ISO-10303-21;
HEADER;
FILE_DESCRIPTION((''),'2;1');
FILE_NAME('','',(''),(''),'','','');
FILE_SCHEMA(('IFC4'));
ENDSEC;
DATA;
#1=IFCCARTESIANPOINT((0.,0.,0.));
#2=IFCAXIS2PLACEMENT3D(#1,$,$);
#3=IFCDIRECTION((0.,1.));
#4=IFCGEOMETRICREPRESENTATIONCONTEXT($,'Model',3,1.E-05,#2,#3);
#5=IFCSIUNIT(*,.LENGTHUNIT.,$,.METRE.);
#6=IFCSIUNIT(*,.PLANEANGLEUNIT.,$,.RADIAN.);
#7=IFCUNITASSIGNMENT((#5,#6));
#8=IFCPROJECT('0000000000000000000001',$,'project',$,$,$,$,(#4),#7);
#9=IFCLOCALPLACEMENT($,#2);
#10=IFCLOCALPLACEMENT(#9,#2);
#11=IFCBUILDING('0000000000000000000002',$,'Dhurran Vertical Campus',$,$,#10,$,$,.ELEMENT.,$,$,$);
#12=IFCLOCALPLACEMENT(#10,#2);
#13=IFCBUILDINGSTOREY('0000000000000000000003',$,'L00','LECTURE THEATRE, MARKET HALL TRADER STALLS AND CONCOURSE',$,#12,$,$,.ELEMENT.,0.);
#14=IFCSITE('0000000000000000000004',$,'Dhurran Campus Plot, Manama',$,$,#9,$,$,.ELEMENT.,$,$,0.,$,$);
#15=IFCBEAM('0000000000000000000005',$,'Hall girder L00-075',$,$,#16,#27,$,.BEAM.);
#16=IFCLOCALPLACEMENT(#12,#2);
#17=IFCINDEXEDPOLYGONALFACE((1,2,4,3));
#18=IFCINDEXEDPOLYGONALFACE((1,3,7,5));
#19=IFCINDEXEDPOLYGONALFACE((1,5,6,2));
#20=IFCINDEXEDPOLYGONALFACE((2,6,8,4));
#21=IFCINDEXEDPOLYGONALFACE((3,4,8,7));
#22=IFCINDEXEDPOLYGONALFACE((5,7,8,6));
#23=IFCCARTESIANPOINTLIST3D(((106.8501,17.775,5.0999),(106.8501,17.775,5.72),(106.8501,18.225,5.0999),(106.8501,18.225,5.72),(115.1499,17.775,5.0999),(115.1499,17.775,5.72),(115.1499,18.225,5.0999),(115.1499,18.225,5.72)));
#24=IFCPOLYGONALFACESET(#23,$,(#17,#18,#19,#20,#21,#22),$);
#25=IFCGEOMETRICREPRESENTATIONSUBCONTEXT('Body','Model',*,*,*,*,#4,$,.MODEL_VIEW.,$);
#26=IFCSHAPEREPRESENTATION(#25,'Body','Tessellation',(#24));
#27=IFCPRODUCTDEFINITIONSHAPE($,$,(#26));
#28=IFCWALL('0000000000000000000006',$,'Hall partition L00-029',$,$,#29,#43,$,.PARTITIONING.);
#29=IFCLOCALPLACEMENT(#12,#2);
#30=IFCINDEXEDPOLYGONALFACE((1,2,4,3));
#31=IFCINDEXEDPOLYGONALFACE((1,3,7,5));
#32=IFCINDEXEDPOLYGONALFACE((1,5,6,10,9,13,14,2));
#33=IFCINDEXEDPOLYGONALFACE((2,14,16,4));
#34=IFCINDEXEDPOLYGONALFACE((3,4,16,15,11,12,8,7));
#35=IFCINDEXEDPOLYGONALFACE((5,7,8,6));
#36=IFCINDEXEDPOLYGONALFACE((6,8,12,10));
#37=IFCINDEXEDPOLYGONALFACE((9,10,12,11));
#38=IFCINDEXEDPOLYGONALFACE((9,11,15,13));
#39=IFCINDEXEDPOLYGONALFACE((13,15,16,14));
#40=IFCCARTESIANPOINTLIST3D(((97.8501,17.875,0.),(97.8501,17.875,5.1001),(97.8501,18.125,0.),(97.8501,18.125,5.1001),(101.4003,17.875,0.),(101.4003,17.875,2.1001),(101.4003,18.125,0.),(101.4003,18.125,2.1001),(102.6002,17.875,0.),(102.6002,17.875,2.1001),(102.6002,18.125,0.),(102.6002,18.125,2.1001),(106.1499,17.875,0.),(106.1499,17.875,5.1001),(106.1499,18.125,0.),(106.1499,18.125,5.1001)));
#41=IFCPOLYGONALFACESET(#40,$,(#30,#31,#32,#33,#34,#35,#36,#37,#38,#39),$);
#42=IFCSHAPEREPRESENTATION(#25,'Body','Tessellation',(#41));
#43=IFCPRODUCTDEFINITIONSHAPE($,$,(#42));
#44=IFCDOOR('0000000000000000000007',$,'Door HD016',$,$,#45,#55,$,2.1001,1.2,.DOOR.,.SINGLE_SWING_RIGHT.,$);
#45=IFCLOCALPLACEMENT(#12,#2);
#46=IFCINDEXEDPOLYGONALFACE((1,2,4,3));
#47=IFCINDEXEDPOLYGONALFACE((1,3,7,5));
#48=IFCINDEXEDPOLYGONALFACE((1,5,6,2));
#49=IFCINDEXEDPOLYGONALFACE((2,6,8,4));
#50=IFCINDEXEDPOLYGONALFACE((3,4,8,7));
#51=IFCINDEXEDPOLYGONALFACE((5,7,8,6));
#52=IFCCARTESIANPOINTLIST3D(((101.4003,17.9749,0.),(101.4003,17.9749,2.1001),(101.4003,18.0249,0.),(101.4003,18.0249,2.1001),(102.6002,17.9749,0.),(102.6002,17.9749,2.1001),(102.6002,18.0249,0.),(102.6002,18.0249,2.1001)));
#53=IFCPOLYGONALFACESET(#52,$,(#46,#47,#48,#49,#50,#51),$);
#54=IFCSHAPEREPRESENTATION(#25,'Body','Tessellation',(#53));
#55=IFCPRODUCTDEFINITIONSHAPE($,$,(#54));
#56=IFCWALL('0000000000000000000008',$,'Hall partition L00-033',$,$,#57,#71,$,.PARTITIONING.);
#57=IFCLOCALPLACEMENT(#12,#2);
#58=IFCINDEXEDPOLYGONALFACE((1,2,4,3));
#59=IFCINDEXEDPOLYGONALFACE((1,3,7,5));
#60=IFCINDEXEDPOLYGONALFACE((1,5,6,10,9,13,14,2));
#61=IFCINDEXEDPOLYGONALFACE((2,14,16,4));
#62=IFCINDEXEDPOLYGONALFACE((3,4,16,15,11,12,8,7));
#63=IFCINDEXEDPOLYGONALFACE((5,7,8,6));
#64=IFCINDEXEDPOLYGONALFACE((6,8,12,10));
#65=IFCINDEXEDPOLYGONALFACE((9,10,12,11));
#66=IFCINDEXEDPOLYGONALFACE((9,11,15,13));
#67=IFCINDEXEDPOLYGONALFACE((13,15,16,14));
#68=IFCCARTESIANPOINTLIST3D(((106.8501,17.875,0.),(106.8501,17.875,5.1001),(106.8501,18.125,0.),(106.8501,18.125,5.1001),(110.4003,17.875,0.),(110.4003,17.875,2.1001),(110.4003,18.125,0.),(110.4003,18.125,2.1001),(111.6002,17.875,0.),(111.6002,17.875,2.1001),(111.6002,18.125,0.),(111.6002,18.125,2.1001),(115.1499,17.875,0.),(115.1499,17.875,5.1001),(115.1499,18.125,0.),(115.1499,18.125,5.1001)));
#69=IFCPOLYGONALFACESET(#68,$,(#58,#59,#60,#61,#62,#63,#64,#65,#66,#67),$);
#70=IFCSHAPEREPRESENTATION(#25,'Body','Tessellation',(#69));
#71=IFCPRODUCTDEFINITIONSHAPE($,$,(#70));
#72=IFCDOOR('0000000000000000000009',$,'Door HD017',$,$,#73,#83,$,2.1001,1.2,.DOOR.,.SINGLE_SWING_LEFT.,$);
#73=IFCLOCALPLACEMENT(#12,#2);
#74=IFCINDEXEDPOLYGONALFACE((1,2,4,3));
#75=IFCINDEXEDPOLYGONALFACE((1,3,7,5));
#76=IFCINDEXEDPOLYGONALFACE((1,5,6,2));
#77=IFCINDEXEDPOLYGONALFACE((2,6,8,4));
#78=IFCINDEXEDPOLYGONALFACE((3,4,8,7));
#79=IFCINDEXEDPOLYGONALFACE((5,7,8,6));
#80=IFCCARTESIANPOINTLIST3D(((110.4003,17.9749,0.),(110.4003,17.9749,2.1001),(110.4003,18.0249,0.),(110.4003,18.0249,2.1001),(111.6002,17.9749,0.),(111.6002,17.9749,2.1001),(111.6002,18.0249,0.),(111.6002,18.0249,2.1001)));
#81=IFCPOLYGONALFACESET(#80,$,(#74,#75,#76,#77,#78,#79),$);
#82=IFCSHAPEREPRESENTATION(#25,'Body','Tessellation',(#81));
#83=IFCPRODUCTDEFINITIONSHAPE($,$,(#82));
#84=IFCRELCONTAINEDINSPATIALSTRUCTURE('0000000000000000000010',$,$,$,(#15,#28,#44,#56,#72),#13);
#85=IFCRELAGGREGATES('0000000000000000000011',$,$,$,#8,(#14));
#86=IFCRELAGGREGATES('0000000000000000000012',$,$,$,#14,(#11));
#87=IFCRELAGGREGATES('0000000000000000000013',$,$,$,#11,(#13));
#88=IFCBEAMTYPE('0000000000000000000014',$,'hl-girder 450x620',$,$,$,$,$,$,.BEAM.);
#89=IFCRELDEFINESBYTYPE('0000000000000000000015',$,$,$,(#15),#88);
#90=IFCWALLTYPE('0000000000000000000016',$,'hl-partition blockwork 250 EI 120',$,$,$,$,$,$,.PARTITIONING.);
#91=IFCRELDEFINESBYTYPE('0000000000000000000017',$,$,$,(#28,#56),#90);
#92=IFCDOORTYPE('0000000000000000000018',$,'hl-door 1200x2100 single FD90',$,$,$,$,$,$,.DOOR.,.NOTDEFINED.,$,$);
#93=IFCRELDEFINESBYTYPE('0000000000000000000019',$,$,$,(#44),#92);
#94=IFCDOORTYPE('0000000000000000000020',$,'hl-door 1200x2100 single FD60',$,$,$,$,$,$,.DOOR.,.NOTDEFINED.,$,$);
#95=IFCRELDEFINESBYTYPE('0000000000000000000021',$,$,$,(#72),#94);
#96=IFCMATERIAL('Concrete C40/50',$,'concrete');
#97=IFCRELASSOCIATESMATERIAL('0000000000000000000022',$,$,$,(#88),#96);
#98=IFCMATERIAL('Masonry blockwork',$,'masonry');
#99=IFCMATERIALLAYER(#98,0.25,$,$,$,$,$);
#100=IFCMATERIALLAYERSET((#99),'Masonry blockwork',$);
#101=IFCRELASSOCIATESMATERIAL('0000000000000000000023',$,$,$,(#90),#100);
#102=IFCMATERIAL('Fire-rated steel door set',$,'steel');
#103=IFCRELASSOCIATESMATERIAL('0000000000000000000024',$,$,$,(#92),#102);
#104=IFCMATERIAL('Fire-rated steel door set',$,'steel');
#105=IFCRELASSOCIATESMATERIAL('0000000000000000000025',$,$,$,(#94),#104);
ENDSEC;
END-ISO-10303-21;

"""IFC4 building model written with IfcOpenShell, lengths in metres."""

from ifc_helpers import new_model, si_unit, direction, frame, frame_2d, origin, origin_2d, place, context, subcontext, project, spatial, rectangle, extrude, material, layer, layer_set, material_profile, profile_set, type_object, element, fill, save


model = new_model("IFC4")

# Units and contexts
model_context = context("Model", 3, precision=1e-05, world=origin(), true_north=direction((0.0, 1.0)))
body_context = subcontext(model_context, "Body", "Model", "MODEL_VIEW")
ifc_project = project(units=[si_unit("LENGTHUNIT", "METRE"), si_unit("PLANEANGLEUNIT", "RADIAN")], contexts=[model_context])

# Site, building, storey
site_placement = place(None, origin())
site = spatial("IfcSite", under=ifc_project, at=site_placement, Name="Dhurran Campus Plot, Manama", CompositionType="ELEMENT", RefElevation=0.0)
building_placement = place(site_placement, origin())
building = spatial("IfcBuilding", under=site, at=building_placement, Name="Dhurran Vertical Campus", CompositionType="ELEMENT")
storey_placement = place(building_placement, origin())
storey = spatial("IfcBuildingStorey", under=building, at=storey_placement, Name="L00", Description="LECTURE THEATRE, MARKET HALL TRADER STALLS AND CONCOURSE", CompositionType="ELEMENT", Elevation=0.0)

# Beam
ifc_material_1 = material(Name="Concrete C40/50", Category="concrete")
ifc_material_profile_1 = material_profile(ifc_material_1, rectangle(XDim=0.45, YDim=0.6201, at=origin_2d()), Name="hl-girder 450x620")
ifc_profile_set_1 = profile_set([ifc_material_profile_1], Name="Concrete C40/50")
beam_type = type_object("IfcBeamType", Name="hl-girder 450x620", PredefinedType="BEAM", material=ifc_profile_set_1)
for number, where, z_axis, x_axis, name in (
    (1, (106.8501, 18.0, 5.4099), (1.0, 0.0, 0.0), (0.0, 1.0, 0.0), "Hall girder L00-075"),
):
    element("IfcBeam", number, at=place(storey_placement, frame(where, z_axis=z_axis, x_axis=x_axis)), inside=storey, type_object=beam_type, Name=name, PredefinedType="BEAM", context=body_context, shape_type="SweptSolid", body=[
        extrude(rectangle(XDim=0.45, YDim=0.6201, at=origin_2d()), origin(), (0.0, 0.0, 1.0), 8.2998),
    ])

# Walls, openings, doors
ifc_material_2 = material(Name="Masonry blockwork", Category="masonry")
ifc_layer = layer(ifc_material_2, 0.25)
ifc_layer_set = layer_set([ifc_layer], Name="Masonry blockwork")
wall_type = type_object("IfcWallType", Name="hl-partition blockwork 250 EI 120", PredefinedType="PARTITIONING", material=ifc_layer_set)
wall_1_placement = place(storey_placement, frame((97.8501, 18.0, 0.0), z_axis=(0.0, 0.0, 1.0), x_axis=(1.0, 0.0, 0.0)))
wall_1 = element("IfcWall", 2, at=wall_1_placement, inside=storey, type_object=wall_type, Name="Hall partition L00-029", PredefinedType="PARTITIONING", context=body_context, shape_type="SweptSolid", body=[
    extrude(rectangle(XDim=8.2998, YDim=0.25, at=frame_2d((4.1499, 0.0))), origin(), (0.0, 0.0, 1.0), 5.1001),
])
opening_1_placement = place(wall_1_placement, frame((3.55, 0.0, 0.0)))
opening_1 = element("IfcOpeningElement", 3, at=opening_1_placement, cuts=wall_1, PredefinedType="OPENING", context=body_context, shape_type="SweptSolid", body=[
    extrude(rectangle(XDim=1.2, YDim=2.1001, at=frame_2d((0.6001, 1.05))), frame((0.0, 0.135, 0.0), z_axis=(0.0, -1.0, 0.0), x_axis=(1.0, 0.0, 0.0)), (0.0, 0.0, 1.0), 0.27),
])
ifc_material_3 = material(Name="Fire-rated steel door set", Category="steel")
door_type_1 = type_object("IfcDoorType", Name="hl-door 1200x2100 single FD90", OperationType="NOTDEFINED", PredefinedType="DOOR", material=ifc_material_3)
door_1_placement = place(opening_1_placement, origin())
door_1 = element("IfcDoor", 4, at=door_1_placement, inside=storey, type_object=door_type_1, Name="Door HD016", OperationType="SINGLE_SWING_RIGHT", OverallHeight=2.1001, OverallWidth=1.2, PredefinedType="DOOR", context=body_context, shape_type="SweptSolid", body=[
    extrude(rectangle(XDim=1.2, YDim=2.1001, at=frame_2d((0.6001, 1.05))), frame((0.0, 0.0249, 0.0), z_axis=(0.0, -1.0, 0.0), x_axis=(1.0, 0.0, 0.0)), (0.0, 0.0, 1.0), 0.05),
])
fill(opening_1, door_1)
wall_2_placement = place(storey_placement, frame((106.8501, 18.0, 0.0), z_axis=(0.0, 0.0, 1.0), x_axis=(1.0, 0.0, 0.0)))
wall_2 = element("IfcWall", 5, at=wall_2_placement, inside=storey, type_object=wall_type, Name="Hall partition L00-033", PredefinedType="PARTITIONING", context=body_context, shape_type="SweptSolid", body=[
    extrude(rectangle(XDim=8.2998, YDim=0.25, at=frame_2d((4.1499, 0.0))), origin(), (0.0, 0.0, 1.0), 5.1001),
])
opening_2_placement = place(wall_2_placement, frame((3.55, 0.0, 0.0)))
opening_2 = element("IfcOpeningElement", 6, at=opening_2_placement, cuts=wall_2, PredefinedType="OPENING", context=body_context, shape_type="SweptSolid", body=[
    extrude(rectangle(XDim=1.2, YDim=2.1001, at=frame_2d((0.6001, 1.05))), frame((0.0, 0.135, 0.0), z_axis=(0.0, -1.0, 0.0), x_axis=(1.0, 0.0, 0.0)), (0.0, 0.0, 1.0), 0.27),
])
ifc_material_4 = material(Name="Fire-rated steel door set", Category="steel")
door_type_2 = type_object("IfcDoorType", Name="hl-door 1200x2100 single FD60", OperationType="NOTDEFINED", PredefinedType="DOOR", material=ifc_material_4)
door_2_placement = place(opening_2_placement, origin())
door_2 = element("IfcDoor", 7, at=door_2_placement, inside=storey, type_object=door_type_2, Name="Door HD017", OperationType="SINGLE_SWING_LEFT", OverallHeight=2.1001, OverallWidth=1.2, PredefinedType="DOOR", context=body_context, shape_type="SweptSolid", body=[
    extrude(rectangle(XDim=1.2, YDim=2.1001, at=frame_2d((0.6001, 1.05))), frame((0.0, 0.0249, 0.0), z_axis=(0.0, -1.0, 0.0), x_axis=(1.0, 0.0, 0.0)), (0.0, 0.0, 1.0), 0.05),
])
fill(opening_2, door_2)

save(model, "model.ifc")
